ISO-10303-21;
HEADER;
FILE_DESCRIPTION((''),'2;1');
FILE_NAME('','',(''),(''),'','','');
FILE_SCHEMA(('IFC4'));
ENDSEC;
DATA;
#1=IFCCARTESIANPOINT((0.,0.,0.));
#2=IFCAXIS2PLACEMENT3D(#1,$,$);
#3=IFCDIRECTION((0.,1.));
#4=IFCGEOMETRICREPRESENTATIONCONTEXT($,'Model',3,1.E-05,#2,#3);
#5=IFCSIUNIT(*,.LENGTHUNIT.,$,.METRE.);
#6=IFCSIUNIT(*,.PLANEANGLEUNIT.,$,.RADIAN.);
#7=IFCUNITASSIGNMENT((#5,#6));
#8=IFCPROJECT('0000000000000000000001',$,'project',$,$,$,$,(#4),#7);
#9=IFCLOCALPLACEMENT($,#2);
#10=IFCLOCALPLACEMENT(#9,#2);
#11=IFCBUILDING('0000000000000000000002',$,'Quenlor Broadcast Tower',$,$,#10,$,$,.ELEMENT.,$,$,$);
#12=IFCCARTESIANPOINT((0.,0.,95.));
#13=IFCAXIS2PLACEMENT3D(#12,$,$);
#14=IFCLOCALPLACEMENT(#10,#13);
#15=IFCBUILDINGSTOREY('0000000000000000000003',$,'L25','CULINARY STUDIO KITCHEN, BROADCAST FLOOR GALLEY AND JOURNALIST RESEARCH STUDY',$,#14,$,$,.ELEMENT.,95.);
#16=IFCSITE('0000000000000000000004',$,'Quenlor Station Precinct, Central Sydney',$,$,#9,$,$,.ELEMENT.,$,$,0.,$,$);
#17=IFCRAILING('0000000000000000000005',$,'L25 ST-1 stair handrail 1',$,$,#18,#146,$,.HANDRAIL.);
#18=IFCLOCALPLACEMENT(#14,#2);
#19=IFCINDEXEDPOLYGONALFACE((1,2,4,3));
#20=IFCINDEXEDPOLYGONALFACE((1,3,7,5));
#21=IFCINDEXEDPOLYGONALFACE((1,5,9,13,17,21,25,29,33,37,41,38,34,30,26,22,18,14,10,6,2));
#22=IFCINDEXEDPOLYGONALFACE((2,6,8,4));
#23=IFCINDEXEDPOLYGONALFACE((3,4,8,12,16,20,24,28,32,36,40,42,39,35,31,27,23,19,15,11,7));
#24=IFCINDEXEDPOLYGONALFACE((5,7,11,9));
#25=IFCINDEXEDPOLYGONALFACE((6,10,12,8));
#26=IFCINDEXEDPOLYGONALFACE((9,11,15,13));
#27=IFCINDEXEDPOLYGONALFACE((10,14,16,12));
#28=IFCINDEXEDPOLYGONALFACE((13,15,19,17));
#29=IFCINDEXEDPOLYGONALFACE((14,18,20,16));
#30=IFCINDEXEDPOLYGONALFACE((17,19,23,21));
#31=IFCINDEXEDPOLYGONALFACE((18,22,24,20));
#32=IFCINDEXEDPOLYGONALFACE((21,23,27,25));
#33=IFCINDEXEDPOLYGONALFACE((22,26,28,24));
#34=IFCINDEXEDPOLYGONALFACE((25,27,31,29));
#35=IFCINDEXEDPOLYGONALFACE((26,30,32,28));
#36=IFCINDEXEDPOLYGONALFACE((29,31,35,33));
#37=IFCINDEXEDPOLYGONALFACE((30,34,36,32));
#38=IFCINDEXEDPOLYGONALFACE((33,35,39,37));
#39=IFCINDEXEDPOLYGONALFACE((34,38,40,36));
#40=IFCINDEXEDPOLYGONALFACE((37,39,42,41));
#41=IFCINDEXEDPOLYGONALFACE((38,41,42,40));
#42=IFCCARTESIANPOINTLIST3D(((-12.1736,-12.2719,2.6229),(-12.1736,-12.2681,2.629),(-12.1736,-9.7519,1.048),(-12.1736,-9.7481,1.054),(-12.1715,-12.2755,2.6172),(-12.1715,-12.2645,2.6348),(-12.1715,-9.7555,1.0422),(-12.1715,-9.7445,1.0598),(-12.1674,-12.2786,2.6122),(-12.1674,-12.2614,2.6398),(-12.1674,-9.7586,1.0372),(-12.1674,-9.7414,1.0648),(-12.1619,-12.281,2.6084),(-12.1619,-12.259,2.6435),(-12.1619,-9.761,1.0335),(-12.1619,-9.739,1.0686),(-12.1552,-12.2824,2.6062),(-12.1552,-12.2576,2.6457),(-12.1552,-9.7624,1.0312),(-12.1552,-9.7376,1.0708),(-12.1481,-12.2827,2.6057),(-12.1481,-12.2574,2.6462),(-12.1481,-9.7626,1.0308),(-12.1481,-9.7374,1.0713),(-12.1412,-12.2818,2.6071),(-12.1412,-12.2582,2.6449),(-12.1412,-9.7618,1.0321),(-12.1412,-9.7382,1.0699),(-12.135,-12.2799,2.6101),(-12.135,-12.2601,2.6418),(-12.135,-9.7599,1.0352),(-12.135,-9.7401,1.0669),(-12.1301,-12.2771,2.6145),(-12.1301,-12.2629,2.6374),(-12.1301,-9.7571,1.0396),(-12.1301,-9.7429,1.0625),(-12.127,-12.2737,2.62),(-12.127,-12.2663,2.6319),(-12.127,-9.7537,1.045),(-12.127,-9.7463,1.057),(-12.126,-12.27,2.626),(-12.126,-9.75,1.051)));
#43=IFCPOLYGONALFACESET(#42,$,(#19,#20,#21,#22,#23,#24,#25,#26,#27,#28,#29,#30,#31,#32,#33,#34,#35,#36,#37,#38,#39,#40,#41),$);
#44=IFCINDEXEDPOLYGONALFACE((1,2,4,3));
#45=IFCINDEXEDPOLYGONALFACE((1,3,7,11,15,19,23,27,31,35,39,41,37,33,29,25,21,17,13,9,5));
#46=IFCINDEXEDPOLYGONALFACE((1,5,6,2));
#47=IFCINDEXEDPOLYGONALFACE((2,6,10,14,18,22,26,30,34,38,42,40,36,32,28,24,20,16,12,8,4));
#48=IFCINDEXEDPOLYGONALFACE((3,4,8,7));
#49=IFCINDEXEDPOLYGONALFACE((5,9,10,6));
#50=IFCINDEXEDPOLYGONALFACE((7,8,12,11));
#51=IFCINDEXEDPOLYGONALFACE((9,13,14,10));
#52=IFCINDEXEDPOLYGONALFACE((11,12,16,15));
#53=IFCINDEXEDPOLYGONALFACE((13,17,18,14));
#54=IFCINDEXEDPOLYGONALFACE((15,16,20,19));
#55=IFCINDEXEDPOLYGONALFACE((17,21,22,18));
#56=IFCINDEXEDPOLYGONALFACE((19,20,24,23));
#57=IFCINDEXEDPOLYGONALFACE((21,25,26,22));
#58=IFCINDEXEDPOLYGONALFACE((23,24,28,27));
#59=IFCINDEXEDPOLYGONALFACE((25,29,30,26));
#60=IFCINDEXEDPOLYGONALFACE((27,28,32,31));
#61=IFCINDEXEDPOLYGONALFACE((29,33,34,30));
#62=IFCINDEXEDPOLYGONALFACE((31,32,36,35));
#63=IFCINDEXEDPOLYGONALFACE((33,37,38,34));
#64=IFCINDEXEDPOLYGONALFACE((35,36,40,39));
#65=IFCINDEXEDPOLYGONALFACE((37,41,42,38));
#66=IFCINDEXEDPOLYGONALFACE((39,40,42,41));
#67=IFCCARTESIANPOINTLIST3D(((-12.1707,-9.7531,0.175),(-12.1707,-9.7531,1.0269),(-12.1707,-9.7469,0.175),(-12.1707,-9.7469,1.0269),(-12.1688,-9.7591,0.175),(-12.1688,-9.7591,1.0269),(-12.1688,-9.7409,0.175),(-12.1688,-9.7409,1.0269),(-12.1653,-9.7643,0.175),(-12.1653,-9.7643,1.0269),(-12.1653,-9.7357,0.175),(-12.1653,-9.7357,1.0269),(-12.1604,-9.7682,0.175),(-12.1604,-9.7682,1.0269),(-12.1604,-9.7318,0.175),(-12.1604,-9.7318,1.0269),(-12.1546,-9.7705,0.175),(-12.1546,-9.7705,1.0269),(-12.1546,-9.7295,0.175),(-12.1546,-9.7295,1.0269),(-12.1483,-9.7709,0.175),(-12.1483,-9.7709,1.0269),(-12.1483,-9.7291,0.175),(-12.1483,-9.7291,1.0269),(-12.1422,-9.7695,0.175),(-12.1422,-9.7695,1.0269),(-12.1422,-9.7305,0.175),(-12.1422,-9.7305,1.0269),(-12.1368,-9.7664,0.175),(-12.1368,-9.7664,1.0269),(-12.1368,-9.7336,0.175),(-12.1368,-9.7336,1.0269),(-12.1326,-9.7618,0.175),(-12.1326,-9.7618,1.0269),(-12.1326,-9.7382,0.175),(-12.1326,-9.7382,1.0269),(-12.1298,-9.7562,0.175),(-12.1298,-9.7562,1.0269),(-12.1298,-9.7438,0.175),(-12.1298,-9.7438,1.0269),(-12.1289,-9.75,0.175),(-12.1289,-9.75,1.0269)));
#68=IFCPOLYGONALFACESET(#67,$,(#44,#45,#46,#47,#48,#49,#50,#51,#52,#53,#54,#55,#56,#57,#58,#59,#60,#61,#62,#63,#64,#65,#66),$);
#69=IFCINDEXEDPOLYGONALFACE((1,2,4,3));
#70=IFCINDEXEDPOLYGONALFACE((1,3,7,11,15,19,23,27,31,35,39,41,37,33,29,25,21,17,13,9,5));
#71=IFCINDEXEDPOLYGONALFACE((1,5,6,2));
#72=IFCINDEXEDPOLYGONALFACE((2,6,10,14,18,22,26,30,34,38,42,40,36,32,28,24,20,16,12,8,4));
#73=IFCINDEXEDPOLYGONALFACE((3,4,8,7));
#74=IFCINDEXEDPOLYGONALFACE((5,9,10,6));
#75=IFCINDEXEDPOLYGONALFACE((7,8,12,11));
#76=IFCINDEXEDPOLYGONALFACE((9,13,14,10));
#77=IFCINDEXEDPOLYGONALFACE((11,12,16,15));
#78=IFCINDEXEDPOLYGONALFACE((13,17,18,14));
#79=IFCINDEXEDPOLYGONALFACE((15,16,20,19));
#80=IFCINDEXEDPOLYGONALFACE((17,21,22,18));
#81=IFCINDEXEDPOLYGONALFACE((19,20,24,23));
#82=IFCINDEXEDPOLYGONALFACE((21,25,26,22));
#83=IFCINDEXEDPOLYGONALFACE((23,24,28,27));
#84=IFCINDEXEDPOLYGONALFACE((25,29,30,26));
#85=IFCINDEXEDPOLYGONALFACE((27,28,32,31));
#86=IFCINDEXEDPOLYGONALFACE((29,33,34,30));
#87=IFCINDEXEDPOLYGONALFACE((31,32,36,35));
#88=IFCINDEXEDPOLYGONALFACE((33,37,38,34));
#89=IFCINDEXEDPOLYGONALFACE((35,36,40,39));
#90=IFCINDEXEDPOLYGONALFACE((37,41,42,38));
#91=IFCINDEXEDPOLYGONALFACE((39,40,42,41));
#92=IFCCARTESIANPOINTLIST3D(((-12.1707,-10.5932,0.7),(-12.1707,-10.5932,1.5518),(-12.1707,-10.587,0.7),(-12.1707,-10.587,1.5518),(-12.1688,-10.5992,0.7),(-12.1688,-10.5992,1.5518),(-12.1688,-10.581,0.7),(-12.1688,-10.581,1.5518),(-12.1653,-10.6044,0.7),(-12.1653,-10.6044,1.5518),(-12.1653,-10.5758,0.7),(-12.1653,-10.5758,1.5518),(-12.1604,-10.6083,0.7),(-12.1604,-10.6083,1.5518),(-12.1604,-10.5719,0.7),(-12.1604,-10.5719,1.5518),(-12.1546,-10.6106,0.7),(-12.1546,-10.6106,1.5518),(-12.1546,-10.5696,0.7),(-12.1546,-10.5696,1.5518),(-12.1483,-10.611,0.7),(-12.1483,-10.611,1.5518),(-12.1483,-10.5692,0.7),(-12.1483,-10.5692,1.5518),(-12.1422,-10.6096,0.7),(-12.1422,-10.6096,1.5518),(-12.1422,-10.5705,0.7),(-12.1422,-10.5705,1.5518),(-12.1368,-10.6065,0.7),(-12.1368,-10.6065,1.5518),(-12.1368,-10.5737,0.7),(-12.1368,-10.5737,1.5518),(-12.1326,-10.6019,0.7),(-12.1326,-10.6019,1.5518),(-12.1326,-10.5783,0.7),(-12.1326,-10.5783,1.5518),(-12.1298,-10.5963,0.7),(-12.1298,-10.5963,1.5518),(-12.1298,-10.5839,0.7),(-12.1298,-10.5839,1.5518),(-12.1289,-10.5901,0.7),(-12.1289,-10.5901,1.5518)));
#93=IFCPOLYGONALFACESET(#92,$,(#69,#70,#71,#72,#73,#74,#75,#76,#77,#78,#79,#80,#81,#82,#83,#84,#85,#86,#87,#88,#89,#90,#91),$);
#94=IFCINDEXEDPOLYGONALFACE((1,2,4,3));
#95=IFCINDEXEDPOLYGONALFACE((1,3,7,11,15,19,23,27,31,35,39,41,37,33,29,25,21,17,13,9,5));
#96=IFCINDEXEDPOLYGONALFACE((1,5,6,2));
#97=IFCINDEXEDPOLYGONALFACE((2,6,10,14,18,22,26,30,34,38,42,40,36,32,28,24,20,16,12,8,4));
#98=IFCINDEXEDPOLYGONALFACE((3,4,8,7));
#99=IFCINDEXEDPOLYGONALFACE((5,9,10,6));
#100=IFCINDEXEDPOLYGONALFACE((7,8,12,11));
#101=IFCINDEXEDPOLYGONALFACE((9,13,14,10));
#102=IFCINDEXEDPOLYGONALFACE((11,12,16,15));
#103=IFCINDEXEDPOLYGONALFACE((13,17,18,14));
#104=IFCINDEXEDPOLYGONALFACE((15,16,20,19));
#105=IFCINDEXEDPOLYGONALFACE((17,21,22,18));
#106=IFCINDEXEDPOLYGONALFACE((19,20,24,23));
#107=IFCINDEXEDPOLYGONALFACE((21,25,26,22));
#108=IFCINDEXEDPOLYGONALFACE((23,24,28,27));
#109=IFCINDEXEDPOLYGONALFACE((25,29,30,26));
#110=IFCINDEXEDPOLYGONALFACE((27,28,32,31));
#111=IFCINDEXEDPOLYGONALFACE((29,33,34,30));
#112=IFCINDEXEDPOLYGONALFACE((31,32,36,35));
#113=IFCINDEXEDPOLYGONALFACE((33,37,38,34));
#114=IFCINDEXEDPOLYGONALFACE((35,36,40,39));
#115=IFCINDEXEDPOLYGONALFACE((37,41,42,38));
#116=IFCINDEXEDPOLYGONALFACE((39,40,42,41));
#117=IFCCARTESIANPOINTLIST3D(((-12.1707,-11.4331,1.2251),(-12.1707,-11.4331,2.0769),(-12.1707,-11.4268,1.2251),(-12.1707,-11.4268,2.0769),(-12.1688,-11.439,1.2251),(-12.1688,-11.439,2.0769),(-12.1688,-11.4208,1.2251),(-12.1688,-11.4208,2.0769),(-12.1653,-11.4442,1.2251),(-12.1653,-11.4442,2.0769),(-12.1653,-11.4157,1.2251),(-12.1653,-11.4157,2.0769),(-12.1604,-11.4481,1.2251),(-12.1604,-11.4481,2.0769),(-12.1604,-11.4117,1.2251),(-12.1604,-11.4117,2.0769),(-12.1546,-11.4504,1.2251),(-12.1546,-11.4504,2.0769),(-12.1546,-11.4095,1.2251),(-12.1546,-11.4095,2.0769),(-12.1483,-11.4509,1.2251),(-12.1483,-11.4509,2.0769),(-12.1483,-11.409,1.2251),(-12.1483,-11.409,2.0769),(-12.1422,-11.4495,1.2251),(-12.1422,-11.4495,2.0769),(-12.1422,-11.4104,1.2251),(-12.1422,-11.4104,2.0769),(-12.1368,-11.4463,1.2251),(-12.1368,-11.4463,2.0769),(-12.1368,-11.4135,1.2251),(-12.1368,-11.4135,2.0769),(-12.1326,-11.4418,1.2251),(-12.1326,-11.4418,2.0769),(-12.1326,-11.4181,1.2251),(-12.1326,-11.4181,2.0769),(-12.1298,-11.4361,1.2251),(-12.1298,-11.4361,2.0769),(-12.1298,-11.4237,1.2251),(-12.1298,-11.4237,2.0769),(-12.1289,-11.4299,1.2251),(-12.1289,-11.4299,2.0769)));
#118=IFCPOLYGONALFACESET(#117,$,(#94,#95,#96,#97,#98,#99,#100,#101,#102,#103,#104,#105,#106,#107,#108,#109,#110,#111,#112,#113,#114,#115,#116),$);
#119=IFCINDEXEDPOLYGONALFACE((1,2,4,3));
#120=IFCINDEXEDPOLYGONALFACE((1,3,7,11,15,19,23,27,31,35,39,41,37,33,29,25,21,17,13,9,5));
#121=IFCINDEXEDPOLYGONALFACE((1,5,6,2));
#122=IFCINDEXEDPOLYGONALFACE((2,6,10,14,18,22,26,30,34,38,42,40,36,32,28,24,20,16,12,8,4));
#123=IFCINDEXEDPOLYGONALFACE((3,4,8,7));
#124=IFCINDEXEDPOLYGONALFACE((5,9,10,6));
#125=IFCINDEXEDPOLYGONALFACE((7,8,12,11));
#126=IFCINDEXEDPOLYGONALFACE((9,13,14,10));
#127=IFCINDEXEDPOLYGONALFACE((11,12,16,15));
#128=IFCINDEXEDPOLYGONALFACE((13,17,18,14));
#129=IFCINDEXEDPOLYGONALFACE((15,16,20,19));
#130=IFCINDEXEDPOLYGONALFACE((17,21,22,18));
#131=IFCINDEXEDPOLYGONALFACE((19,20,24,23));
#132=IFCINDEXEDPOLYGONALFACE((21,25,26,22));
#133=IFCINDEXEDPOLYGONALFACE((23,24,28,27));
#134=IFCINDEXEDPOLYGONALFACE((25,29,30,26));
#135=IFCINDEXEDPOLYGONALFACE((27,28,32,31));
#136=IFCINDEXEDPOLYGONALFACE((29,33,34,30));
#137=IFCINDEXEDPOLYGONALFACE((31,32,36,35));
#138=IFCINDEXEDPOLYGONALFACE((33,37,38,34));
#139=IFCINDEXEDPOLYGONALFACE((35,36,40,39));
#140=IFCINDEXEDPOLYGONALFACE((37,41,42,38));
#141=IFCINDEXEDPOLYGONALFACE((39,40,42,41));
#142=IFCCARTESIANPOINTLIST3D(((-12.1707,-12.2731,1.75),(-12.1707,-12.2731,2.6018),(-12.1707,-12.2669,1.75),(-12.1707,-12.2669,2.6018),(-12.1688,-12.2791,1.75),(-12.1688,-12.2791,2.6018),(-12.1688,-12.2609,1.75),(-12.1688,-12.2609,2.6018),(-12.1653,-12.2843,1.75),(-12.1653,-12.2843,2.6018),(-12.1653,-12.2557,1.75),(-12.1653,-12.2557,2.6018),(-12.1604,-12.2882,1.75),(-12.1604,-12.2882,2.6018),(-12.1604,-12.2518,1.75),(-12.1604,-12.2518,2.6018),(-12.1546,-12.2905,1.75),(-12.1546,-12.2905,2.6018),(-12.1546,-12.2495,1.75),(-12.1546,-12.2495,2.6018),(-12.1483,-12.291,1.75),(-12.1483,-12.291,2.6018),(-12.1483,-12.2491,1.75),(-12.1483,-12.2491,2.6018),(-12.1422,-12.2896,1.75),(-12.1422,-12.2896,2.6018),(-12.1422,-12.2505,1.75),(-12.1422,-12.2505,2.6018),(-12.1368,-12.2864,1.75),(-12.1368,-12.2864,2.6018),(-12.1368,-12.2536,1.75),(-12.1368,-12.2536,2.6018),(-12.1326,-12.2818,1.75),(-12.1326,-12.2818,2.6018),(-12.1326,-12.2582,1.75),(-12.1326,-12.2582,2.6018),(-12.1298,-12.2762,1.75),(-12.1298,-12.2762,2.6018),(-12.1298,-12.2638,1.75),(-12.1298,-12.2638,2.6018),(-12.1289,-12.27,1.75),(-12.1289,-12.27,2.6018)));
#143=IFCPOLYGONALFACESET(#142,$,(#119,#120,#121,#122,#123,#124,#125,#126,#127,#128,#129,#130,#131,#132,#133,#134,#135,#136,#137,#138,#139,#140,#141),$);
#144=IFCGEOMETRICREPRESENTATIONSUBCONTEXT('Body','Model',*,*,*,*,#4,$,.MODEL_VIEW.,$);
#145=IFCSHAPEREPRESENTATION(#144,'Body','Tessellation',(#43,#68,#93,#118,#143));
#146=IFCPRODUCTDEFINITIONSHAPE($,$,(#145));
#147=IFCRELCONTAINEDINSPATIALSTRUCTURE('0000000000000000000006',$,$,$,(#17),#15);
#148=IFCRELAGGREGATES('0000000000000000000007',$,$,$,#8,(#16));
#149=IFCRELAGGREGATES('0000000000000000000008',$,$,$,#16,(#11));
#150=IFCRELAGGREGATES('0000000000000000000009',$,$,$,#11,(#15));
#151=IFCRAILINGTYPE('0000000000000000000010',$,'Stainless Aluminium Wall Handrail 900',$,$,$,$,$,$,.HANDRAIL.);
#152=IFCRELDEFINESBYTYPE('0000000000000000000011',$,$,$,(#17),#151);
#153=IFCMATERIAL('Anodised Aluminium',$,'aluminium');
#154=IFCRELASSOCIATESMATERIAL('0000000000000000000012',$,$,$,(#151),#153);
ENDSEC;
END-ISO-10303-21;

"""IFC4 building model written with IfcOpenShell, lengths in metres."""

from ifc_helpers import new_model, si_unit, direction, frame, origin, origin_2d, place, context, subcontext, project, spatial, circle, extrude, material, type_object, element, save


model = new_model("IFC4")

# Units and contexts
model_context = context("Model", 3, precision=1e-05, world=origin(), true_north=direction((0.0, 1.0)))
body_context = subcontext(model_context, "Body", "Model", "MODEL_VIEW")
ifc_project = project(units=[si_unit("LENGTHUNIT", "METRE"), si_unit("PLANEANGLEUNIT", "RADIAN")], contexts=[model_context])

# Site, building, storey
site_placement = place(None, origin())
site = spatial("IfcSite", under=ifc_project, at=site_placement, Name="Quenlor Station Precinct, Central Sydney", CompositionType="ELEMENT", RefElevation=0.0)
building_placement = place(site_placement, origin())
building = spatial("IfcBuilding", under=site, at=building_placement, Name="Quenlor Broadcast Tower", CompositionType="ELEMENT")
storey_placement = place(building_placement, frame((0.0, 0.0, 95.0)))
storey = spatial("IfcBuildingStorey", under=building, at=storey_placement, Name="L25", Description="CULINARY STUDIO KITCHEN, BROADCAST FLOOR GALLEY AND JOURNALIST RESEARCH STUDY", CompositionType="ELEMENT", Elevation=95.0)

# Railing
ifc_material_1 = material(Name="Anodised Aluminium", Category="aluminium")
railing_type_1 = type_object("IfcRailingType", Name="Stainless Aluminium Wall Handrail 900", PredefinedType="HANDRAIL", material=ifc_material_1)
railing_1_placement = place(storey_placement, frame((-12.1499, -9.75, 0.175)))
element("IfcRailing", 1, at=railing_1_placement, inside=storey, type_object=railing_type_1, Name="L25 ST-1 stair handrail 1", PredefinedType="HANDRAIL", context=body_context, shape_type="SweptSolid", body=[
    extrude(circle(Radius=0.0239, at=origin_2d()), frame((0.0, 0.0, 0.876), z_axis=(0.0, -0.848008, 0.529984), x_axis=(1.0, 0.0, 0.0)), (0.0, 0.0, 1.0), 2.9717),
    extrude(circle(Radius=0.021, at=origin_2d()), origin(), (0.0, 0.0, 1.0), 0.8518),
    extrude(circle(Radius=0.021, at=origin_2d()), frame((0.0, -0.8401, 0.5249)), (0.0, 0.0, 1.0), 0.8518),
    extrude(circle(Radius=0.021, at=origin_2d()), frame((0.0, -1.6799, 1.05)), (0.0, 0.0, 1.0), 0.8518),
    extrude(circle(Radius=0.021, at=origin_2d()), frame((0.0, -2.52, 1.575)), (0.0, 0.0, 1.0), 0.8518),
])

save(model, "model.ifc")
